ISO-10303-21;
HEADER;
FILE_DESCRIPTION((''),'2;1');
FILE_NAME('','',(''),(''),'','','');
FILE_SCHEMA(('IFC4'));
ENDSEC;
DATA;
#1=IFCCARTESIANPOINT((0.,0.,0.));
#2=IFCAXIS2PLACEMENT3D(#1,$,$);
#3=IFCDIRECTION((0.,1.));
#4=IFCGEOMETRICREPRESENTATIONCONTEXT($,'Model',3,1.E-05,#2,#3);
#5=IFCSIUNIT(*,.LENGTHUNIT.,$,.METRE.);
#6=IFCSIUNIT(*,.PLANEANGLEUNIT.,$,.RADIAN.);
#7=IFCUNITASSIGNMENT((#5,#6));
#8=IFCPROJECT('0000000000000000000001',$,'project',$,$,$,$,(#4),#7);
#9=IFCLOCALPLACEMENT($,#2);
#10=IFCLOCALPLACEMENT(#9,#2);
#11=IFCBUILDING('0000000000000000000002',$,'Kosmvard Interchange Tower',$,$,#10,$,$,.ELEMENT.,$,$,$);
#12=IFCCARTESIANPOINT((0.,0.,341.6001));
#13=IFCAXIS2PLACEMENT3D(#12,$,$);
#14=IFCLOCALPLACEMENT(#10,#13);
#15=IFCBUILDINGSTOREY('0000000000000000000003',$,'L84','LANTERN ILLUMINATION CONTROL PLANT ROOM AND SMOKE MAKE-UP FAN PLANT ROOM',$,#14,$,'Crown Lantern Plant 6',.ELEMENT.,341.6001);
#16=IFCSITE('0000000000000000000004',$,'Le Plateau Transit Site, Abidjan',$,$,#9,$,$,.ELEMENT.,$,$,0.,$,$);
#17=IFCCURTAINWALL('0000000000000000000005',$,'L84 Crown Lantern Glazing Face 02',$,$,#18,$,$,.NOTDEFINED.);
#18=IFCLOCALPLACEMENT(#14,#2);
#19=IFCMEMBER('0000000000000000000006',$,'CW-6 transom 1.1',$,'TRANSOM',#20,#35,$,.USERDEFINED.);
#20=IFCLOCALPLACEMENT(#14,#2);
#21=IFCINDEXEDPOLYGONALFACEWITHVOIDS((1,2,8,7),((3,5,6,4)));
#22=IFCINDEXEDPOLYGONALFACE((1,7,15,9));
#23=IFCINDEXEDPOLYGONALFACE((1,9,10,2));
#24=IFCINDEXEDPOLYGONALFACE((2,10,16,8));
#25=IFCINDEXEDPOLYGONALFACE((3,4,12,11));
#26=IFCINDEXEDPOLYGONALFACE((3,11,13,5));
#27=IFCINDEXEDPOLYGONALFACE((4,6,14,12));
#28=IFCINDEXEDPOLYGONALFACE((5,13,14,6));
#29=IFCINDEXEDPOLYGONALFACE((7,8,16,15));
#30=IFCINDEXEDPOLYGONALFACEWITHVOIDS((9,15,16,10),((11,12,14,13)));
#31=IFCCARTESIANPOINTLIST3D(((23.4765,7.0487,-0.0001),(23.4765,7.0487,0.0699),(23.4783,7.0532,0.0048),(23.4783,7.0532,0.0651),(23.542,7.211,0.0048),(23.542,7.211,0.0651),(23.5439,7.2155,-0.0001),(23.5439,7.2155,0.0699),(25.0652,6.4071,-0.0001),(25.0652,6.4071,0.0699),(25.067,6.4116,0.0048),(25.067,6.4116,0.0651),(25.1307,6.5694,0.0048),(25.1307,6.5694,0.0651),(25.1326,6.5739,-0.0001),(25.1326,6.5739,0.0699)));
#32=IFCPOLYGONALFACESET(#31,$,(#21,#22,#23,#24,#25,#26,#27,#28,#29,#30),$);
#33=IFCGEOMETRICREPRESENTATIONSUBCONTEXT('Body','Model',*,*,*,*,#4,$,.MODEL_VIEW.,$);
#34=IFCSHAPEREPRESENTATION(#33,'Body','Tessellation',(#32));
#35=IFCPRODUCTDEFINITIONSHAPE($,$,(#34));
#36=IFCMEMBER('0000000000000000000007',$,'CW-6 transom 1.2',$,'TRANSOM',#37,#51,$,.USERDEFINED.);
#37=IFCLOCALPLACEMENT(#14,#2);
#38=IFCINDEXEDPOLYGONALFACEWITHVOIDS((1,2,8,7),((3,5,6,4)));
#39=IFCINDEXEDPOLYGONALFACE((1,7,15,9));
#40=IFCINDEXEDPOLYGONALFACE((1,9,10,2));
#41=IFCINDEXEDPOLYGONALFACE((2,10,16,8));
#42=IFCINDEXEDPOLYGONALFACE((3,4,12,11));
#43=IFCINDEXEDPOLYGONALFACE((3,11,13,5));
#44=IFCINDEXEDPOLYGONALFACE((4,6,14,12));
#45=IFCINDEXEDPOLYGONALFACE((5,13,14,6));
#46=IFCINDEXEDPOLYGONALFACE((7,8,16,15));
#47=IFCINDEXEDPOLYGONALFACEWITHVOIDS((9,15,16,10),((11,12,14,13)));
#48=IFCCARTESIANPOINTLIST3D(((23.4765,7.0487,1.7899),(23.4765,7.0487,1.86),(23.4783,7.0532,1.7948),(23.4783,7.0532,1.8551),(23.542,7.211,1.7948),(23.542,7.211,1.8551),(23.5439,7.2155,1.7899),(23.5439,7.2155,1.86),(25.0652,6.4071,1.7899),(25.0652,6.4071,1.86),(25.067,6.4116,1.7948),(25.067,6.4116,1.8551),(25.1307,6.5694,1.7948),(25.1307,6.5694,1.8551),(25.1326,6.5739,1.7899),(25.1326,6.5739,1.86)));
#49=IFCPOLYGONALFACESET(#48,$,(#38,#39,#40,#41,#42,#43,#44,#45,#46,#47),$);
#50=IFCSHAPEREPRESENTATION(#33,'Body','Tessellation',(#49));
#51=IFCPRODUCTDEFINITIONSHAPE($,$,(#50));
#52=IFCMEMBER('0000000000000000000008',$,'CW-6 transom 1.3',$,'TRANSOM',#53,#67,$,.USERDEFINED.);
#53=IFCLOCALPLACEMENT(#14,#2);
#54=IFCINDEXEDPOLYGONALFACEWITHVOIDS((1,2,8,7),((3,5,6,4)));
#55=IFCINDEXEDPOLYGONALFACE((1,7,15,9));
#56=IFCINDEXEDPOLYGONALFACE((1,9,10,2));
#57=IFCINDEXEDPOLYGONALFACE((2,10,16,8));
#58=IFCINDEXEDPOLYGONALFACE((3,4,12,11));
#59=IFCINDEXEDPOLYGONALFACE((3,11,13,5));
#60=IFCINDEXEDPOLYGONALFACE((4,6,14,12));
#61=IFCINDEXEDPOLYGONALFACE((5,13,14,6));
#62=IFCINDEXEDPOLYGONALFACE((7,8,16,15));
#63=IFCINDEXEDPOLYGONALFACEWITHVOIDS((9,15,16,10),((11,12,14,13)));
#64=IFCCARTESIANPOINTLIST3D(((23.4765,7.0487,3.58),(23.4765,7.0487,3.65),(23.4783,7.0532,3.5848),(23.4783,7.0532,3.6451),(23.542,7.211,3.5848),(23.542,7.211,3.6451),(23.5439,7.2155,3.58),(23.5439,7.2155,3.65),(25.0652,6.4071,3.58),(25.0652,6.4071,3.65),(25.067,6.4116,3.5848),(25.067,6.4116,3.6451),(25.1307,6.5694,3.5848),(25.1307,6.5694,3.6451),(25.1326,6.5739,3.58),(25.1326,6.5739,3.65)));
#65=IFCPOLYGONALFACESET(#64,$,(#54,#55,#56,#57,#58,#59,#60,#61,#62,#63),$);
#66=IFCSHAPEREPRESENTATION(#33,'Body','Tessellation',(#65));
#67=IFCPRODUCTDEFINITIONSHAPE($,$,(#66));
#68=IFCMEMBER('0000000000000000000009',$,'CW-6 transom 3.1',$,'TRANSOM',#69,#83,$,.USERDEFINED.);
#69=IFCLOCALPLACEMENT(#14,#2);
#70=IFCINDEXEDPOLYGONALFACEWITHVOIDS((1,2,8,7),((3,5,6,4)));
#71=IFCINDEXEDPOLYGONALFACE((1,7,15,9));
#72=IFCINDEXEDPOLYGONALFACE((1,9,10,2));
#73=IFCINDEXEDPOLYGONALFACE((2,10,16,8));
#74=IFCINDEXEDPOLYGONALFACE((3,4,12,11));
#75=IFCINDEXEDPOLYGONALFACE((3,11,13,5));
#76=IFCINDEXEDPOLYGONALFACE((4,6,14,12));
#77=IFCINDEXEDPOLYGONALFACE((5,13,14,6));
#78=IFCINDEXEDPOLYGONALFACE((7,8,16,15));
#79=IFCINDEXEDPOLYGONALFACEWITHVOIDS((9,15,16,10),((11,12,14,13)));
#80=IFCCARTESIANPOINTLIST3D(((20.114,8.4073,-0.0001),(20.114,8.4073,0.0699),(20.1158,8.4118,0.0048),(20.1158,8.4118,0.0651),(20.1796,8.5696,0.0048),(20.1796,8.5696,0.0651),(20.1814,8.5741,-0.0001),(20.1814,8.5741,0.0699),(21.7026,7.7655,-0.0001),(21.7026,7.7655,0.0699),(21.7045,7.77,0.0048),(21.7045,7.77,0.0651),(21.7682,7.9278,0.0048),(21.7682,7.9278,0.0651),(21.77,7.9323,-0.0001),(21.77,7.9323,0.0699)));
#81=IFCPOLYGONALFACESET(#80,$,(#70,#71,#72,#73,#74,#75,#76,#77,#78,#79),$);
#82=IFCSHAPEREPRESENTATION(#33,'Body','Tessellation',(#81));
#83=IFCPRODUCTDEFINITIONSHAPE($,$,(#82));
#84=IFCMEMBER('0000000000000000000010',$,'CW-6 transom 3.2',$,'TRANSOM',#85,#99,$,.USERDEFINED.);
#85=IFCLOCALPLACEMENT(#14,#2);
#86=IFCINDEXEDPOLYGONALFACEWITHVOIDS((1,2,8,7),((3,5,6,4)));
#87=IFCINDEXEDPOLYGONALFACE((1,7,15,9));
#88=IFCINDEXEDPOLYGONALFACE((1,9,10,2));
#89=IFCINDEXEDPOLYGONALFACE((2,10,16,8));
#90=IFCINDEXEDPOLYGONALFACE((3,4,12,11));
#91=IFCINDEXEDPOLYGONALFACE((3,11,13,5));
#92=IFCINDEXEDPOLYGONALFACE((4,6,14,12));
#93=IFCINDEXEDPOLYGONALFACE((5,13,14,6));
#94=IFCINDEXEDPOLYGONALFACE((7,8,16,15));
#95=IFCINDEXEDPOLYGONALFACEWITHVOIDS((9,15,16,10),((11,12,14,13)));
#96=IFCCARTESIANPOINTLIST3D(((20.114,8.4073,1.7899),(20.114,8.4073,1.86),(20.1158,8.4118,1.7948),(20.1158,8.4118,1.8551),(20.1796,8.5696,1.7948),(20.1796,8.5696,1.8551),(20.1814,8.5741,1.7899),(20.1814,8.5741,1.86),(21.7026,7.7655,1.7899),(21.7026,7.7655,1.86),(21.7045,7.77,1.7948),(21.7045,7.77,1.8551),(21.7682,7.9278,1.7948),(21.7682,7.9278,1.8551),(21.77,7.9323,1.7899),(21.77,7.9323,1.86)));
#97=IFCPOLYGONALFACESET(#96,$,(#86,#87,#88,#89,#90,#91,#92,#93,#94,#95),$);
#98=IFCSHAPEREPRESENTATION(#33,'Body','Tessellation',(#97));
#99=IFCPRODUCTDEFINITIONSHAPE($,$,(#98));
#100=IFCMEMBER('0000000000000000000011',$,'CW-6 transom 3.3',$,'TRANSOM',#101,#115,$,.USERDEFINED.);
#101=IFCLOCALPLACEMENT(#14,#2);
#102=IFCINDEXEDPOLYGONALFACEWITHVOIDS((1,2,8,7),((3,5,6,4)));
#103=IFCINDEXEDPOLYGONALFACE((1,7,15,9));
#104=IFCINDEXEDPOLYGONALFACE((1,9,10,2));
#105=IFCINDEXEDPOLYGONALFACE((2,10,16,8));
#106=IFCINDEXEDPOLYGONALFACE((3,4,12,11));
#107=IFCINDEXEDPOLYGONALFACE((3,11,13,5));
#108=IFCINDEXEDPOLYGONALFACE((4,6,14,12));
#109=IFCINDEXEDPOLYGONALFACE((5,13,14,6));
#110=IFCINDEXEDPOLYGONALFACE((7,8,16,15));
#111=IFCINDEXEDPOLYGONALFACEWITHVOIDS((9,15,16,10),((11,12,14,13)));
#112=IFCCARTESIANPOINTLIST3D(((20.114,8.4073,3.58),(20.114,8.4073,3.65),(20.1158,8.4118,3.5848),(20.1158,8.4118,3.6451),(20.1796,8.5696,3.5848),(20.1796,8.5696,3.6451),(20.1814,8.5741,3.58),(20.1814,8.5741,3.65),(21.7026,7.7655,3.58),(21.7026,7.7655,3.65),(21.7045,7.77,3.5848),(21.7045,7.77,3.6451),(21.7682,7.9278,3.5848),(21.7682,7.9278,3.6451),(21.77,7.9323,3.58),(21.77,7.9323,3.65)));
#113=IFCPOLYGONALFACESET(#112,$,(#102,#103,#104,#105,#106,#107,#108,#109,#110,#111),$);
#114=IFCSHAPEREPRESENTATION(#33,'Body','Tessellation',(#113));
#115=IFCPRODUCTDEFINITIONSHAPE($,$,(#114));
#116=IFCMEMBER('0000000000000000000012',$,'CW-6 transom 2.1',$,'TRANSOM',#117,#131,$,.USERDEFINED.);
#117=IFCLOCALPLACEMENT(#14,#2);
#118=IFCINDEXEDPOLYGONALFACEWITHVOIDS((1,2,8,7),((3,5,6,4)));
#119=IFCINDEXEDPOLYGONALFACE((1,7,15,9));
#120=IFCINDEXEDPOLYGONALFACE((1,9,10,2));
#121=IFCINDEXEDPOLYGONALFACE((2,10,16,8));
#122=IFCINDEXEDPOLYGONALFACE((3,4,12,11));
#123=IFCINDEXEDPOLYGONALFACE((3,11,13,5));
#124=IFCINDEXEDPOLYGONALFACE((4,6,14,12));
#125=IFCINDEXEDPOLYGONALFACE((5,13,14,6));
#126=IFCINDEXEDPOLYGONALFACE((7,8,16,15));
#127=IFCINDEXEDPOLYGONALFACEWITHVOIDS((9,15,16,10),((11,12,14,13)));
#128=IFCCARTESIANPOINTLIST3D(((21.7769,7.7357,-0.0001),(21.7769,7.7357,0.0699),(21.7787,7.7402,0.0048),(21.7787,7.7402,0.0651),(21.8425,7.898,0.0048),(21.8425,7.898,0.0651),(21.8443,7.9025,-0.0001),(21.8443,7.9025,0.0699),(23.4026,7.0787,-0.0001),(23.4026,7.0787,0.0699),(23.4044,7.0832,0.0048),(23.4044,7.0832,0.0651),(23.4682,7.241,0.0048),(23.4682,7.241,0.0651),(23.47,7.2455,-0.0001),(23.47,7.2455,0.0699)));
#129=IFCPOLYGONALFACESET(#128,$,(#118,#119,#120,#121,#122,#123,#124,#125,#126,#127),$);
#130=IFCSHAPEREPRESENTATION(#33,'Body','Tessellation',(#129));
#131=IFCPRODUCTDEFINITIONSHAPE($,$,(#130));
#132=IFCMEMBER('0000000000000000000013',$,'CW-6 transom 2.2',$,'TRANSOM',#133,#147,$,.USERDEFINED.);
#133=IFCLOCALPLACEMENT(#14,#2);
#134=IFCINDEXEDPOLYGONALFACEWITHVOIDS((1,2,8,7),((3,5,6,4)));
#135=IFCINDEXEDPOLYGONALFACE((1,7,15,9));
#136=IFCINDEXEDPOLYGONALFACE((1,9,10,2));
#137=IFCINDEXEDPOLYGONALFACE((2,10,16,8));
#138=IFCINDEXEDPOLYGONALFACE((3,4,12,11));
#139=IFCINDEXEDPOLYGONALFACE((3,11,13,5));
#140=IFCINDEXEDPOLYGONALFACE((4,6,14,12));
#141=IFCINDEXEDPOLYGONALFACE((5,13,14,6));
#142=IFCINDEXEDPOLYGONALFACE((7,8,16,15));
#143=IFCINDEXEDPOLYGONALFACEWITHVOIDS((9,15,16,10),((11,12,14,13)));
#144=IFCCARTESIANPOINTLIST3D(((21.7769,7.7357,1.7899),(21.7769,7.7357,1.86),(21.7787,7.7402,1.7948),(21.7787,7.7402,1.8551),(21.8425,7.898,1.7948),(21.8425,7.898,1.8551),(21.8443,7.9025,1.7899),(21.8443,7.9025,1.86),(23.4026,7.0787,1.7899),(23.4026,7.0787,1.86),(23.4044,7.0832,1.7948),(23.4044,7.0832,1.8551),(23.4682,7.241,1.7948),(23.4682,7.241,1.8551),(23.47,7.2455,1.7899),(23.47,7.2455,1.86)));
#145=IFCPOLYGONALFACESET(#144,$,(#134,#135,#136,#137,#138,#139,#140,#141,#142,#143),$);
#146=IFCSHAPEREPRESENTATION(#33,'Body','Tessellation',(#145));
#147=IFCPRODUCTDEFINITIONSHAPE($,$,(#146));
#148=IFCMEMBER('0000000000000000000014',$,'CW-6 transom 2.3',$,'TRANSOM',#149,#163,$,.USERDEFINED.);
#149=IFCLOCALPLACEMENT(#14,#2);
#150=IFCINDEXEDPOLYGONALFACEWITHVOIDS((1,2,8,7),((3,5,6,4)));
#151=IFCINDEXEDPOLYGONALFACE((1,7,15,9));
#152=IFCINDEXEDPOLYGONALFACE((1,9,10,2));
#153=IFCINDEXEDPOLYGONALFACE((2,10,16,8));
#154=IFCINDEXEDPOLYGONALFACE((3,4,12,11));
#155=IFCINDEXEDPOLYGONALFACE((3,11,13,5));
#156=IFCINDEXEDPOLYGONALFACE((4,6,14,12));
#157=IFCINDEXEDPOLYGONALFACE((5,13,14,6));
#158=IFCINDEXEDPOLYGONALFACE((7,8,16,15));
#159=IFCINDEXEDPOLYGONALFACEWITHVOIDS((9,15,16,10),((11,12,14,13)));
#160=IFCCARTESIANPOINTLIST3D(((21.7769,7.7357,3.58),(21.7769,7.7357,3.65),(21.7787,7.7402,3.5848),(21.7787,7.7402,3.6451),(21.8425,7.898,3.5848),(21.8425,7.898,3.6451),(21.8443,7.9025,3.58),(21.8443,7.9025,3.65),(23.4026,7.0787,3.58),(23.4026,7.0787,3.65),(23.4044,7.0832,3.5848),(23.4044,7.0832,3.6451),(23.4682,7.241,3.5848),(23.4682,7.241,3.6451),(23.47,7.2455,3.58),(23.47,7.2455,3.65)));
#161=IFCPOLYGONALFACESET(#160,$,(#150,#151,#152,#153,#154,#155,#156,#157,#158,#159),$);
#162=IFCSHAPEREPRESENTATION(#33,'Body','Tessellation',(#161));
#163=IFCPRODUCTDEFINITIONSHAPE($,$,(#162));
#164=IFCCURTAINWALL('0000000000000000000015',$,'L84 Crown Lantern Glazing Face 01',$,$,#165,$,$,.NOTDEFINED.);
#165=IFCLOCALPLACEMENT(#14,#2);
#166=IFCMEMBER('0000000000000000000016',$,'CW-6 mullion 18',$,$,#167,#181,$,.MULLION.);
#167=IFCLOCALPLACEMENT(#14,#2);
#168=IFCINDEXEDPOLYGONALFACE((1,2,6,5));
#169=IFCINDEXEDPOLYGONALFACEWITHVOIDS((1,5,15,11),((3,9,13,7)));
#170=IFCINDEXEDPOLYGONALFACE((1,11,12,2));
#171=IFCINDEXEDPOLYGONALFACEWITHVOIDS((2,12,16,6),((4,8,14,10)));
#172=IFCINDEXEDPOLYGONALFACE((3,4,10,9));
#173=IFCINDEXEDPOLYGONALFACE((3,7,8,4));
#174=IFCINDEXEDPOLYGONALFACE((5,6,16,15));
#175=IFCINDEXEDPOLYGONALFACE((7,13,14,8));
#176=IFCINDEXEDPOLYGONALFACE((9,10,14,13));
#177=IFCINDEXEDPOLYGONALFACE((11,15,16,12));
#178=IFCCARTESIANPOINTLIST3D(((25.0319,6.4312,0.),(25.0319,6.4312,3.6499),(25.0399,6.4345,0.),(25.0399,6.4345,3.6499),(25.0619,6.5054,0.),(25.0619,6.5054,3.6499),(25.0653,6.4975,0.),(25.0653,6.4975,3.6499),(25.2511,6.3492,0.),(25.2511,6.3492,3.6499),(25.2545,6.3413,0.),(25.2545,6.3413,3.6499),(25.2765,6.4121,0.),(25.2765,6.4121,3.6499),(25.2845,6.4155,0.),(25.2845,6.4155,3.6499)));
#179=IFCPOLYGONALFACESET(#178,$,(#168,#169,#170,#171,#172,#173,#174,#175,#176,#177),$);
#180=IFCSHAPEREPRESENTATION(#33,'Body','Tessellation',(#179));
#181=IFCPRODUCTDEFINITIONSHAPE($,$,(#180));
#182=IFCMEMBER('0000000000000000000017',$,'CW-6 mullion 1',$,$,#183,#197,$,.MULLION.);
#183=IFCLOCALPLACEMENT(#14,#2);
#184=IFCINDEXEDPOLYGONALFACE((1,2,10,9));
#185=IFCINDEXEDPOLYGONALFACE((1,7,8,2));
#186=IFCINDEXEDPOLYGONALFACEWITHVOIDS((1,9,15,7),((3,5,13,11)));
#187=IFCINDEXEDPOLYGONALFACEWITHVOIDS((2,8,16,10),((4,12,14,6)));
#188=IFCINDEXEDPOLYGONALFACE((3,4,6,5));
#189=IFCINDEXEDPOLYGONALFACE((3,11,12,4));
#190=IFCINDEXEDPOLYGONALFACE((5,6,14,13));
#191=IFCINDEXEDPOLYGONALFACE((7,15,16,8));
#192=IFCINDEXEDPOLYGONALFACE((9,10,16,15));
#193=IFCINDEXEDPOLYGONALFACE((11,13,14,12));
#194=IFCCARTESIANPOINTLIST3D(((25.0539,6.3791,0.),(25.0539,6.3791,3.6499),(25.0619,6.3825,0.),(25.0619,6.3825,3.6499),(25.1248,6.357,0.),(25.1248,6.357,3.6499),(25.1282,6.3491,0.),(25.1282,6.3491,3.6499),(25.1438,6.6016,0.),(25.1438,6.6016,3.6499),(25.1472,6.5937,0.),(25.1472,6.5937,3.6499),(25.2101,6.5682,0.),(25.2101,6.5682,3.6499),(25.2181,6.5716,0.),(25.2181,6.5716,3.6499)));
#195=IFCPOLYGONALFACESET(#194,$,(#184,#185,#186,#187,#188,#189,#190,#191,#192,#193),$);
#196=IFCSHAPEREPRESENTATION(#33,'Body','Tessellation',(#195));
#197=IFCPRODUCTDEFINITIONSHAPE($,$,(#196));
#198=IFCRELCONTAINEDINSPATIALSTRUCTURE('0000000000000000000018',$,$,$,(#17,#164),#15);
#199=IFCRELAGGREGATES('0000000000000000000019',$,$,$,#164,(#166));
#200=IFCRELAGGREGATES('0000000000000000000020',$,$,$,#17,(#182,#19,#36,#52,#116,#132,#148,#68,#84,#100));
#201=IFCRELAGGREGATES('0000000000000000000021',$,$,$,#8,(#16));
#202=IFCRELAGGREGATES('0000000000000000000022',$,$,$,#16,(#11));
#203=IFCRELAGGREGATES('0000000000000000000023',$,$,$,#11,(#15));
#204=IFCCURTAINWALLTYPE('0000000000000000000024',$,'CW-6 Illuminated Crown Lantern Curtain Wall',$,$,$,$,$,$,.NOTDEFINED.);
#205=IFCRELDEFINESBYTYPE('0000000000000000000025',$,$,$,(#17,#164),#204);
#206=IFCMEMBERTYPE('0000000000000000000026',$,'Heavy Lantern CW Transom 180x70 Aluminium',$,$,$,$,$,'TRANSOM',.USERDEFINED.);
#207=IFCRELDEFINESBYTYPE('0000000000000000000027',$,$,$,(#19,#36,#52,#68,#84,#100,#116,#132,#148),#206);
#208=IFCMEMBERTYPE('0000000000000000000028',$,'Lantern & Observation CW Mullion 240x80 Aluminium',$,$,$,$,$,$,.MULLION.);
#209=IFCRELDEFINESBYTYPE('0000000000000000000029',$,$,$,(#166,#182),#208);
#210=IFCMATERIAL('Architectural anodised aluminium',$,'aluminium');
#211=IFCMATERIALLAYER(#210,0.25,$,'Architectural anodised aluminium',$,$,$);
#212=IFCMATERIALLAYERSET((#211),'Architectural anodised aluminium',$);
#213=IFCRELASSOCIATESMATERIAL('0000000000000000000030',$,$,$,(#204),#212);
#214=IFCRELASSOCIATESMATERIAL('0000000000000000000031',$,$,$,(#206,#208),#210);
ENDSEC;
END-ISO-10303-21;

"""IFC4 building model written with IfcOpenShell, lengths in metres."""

from ifc_helpers import new_model, si_unit, direction, frame, origin, origin_2d, place, context, subcontext, project, spatial, hollow_rectangle, extrude, source, transform, mapped, material, layer, layer_set, material_profile, profile_set, type_object, element, aggregate, save


model = new_model("IFC4")

# Units and contexts
model_context = context("Model", 3, precision=1e-05, world=origin(), true_north=direction((0.0, 1.0)))
body_context = subcontext(model_context, "Body", "Model", "MODEL_VIEW")
ifc_project = project(units=[si_unit("LENGTHUNIT", "METRE"), si_unit("PLANEANGLEUNIT", "RADIAN")], contexts=[model_context])

# Site, building, storey
site_placement = place(None, origin())
site = spatial("IfcSite", under=ifc_project, at=site_placement, Name="Le Plateau Transit Site, Abidjan", CompositionType="ELEMENT", RefElevation=0.0)
building_placement = place(site_placement, origin())
building = spatial("IfcBuilding", under=site, at=building_placement, Name="Kosmvard Interchange Tower", CompositionType="ELEMENT")
storey_placement = place(building_placement, frame((0.0, 0.0, 341.6001)))
storey = spatial("IfcBuildingStorey", under=building, at=storey_placement, Name="L84", Description="LANTERN ILLUMINATION CONTROL PLANT ROOM AND SMOKE MAKE-UP FAN PLANT ROOM", LongName="Crown Lantern Plant 6", CompositionType="ELEMENT", Elevation=341.6001)

# Curtain wall, members
ifc_material_1 = material(Name="Architectural anodised aluminium", Category="aluminium")
ifc_layer_1 = layer(ifc_material_1, 0.25, Name="Architectural anodised aluminium")
ifc_layer_set_1 = layer_set([ifc_layer_1], Name="Architectural anodised aluminium")
curtain_wall_type = type_object("IfcCurtainWallType", Name="CW-6 Illuminated Crown Lantern Curtain Wall", PredefinedType="NOTDEFINED", material=ifc_layer_set_1)
curtain_wall_1_placement = place(storey_placement, origin())
curtain_wall_1 = element("IfcCurtainWall", 1, at=curtain_wall_1_placement, inside=storey, type_object=curtain_wall_type, Name="L84 Crown Lantern Glazing Face 02", PredefinedType="NOTDEFINED")
ifc_material_profile_1 = material_profile(ifc_material_1, hollow_rectangle(XDim=0.1799, YDim=0.0701, WallThickness=0.0049, at=origin_2d()), Name="CWT 180x70x5")
ifc_profile_set_1 = profile_set([ifc_material_profile_1], Name="Architectural anodised aluminium")
member_type_1 = type_object("IfcMemberType", Name="Heavy Lantern CW Transom 180x70 Aluminium", ElementType="TRANSOM", PredefinedType="USERDEFINED", material=ifc_profile_set_1)
shared_shape_1 = source(origin(), body_context, "Body", "SweptSolid", [
    extrude(hollow_rectangle(XDim=0.1799, YDim=0.0701, WallThickness=0.0049, at=origin_2d()), origin(), (0.0, 0.0, 1.0), 1.7134),
])
member_1_placement = place(storey_placement, frame((25.0989, 6.4905, 0.0349), z_axis=(-0.927233, 0.374484, 0.0), x_axis=(-0.374484, -0.927233, 0.0)))
member_1 = element("IfcMember", 2, at=member_1_placement, type_object=member_type_1, Name="CW-6 transom 1.1", ObjectType="TRANSOM", PredefinedType="USERDEFINED", context=body_context, shape_type="MappedRepresentation", body=[
    mapped(shared_shape_1, transform((0.0, 0.0, 0.0), scale=1.0)),
])
member_2_placement = place(storey_placement, frame((25.0989, 6.4905, 1.825), z_axis=(-0.927233, 0.374484, 0.0), x_axis=(-0.374484, -0.927233, 0.0)))
member_2 = element("IfcMember", 3, at=member_2_placement, type_object=member_type_1, Name="CW-6 transom 1.2", ObjectType="TRANSOM", PredefinedType="USERDEFINED", context=body_context, shape_type="MappedRepresentation", body=[
    mapped(shared_shape_1, transform((0.0, 0.0, 0.0), scale=1.0)),
])
member_3_placement = place(storey_placement, frame((25.0989, 6.4905, 3.615), z_axis=(-0.927233, 0.374484, 0.0), x_axis=(-0.374484, -0.927233, 0.0)))
member_3 = element("IfcMember", 4, at=member_3_placement, type_object=member_type_1, Name="CW-6 transom 1.3", ObjectType="TRANSOM", PredefinedType="USERDEFINED", context=body_context, shape_type="MappedRepresentation", body=[
    mapped(shared_shape_1, transform((0.0, 0.0, 0.0), scale=1.0)),
])
member_4_placement = place(storey_placement, frame((21.7363, 7.8489, 0.0349), z_axis=(-0.927184, 0.374607, 0.0), x_axis=(-0.374607, -0.927184, 0.0)))
member_4 = element("IfcMember", 5, at=member_4_placement, type_object=member_type_1, Name="CW-6 transom 3.1", ObjectType="TRANSOM", PredefinedType="USERDEFINED", context=body_context, shape_type="MappedRepresentation", body=[
    mapped(shared_shape_1, transform((0.0, 0.0, 0.0), scale=1.0)),
])
member_5_placement = place(storey_placement, frame((21.7363, 7.8489, 1.825), z_axis=(-0.927184, 0.374607, 0.0), x_axis=(-0.374607, -0.927184, 0.0)))
member_5 = element("IfcMember", 6, at=member_5_placement, type_object=member_type_1, Name="CW-6 transom 3.2", ObjectType="TRANSOM", PredefinedType="USERDEFINED", context=body_context, shape_type="MappedRepresentation", body=[
    mapped(shared_shape_1, transform((0.0, 0.0, 0.0), scale=1.0)),
])
member_6_placement = place(storey_placement, frame((21.7363, 7.8489, 3.615), z_axis=(-0.927184, 0.374607, 0.0), x_axis=(-0.374607, -0.927184, 0.0)))
member_6 = element("IfcMember", 7, at=member_6_placement, type_object=member_type_1, Name="CW-6 transom 3.3", ObjectType="TRANSOM", PredefinedType="USERDEFINED", context=body_context, shape_type="MappedRepresentation", body=[
    mapped(shared_shape_1, transform((0.0, 0.0, 0.0), scale=1.0)),
])
shared_shape_2 = source(origin(), body_context, "Body", "SweptSolid", [
    extrude(hollow_rectangle(XDim=0.1799, YDim=0.0701, WallThickness=0.0049, at=origin_2d()), origin(), (0.0, 0.0, 1.0), 1.7534),
])
member_7_placement = place(storey_placement, frame((23.4363, 7.1621, 0.0349), z_axis=(-0.927155, 0.374677, 0.0), x_axis=(-0.374677, -0.927155, 0.0)))
member_7 = element("IfcMember", 8, at=member_7_placement, type_object=member_type_1, Name="CW-6 transom 2.1", ObjectType="TRANSOM", PredefinedType="USERDEFINED", context=body_context, shape_type="MappedRepresentation", body=[
    mapped(shared_shape_2, transform((0.0, 0.0, 0.0), scale=1.0)),
])
member_8_placement = place(storey_placement, frame((23.4363, 7.1621, 1.825), z_axis=(-0.927155, 0.374677, 0.0), x_axis=(-0.374677, -0.927155, 0.0)))
member_8 = element("IfcMember", 9, at=member_8_placement, type_object=member_type_1, Name="CW-6 transom 2.2", ObjectType="TRANSOM", PredefinedType="USERDEFINED", context=body_context, shape_type="MappedRepresentation", body=[
    mapped(shared_shape_2, transform((0.0, 0.0, 0.0), scale=1.0)),
])
member_9_placement = place(storey_placement, frame((23.4363, 7.1621, 3.615), z_axis=(-0.927155, 0.374677, 0.0), x_axis=(-0.374677, -0.927155, 0.0)))
member_9 = element("IfcMember", 10, at=member_9_placement, type_object=member_type_1, Name="CW-6 transom 2.3", ObjectType="TRANSOM", PredefinedType="USERDEFINED", context=body_context, shape_type="MappedRepresentation", body=[
    mapped(shared_shape_2, transform((0.0, 0.0, 0.0), scale=1.0)),
])

# Curtain wall, member
curtain_wall_2_placement = place(storey_placement, origin())
curtain_wall_2 = element("IfcCurtainWall", 11, at=curtain_wall_2_placement, inside=storey, type_object=curtain_wall_type, Name="L84 Crown Lantern Glazing Face 01", PredefinedType="NOTDEFINED")
ifc_material_profile_2 = material_profile(ifc_material_1, hollow_rectangle(XDim=0.24, YDim=0.0801, WallThickness=0.0061, at=origin_2d()), Name="CWM 240x80x6")
ifc_profile_set_2 = profile_set([ifc_material_profile_2], Name="Architectural anodised aluminium")
member_type_2 = type_object("IfcMemberType", Name="Lantern & Observation CW Mullion 240x80 Aluminium", PredefinedType="MULLION", material=ifc_profile_set_2)
shared_shape_3 = source(origin(), body_context, "Body", "SweptSolid", [
    extrude(hollow_rectangle(XDim=0.24, YDim=0.0801, WallThickness=0.0061, at=origin_2d()), origin(), (0.0, 0.0, 1.0), 3.6499),
])
member_10_placement = place(storey_placement, frame((25.1582, 6.4233, 0.0), z_axis=(0.0, 0.0, 1.0), x_axis=(-0.927184, 0.374607, 0.0)))
member_10 = element("IfcMember", 12, at=member_10_placement, type_object=member_type_2, Name="CW-6 mullion 18", PredefinedType="MULLION", context=body_context, shape_type="MappedRepresentation", body=[
    mapped(shared_shape_3, transform((0.0, 0.0, 0.0), scale=1.0)),
])

# Member
member_11_placement = place(storey_placement, frame((25.136, 6.4753, 0.0), z_axis=(0.0, 0.0, 1.0), x_axis=(-0.374607, -0.927184, 0.0)))
member_11 = element("IfcMember", 13, at=member_11_placement, type_object=member_type_2, Name="CW-6 mullion 1", PredefinedType="MULLION", context=body_context, shape_type="MappedRepresentation", body=[
    mapped(shared_shape_3, transform((0.0, 0.0, 0.0), scale=1.0)),
])

aggregate(curtain_wall_2, [member_10])
aggregate(curtain_wall_1, [member_11, member_1, member_2, member_3, member_7, member_8, member_9, member_4, member_5, member_6])

save(model, "model.ifc")
